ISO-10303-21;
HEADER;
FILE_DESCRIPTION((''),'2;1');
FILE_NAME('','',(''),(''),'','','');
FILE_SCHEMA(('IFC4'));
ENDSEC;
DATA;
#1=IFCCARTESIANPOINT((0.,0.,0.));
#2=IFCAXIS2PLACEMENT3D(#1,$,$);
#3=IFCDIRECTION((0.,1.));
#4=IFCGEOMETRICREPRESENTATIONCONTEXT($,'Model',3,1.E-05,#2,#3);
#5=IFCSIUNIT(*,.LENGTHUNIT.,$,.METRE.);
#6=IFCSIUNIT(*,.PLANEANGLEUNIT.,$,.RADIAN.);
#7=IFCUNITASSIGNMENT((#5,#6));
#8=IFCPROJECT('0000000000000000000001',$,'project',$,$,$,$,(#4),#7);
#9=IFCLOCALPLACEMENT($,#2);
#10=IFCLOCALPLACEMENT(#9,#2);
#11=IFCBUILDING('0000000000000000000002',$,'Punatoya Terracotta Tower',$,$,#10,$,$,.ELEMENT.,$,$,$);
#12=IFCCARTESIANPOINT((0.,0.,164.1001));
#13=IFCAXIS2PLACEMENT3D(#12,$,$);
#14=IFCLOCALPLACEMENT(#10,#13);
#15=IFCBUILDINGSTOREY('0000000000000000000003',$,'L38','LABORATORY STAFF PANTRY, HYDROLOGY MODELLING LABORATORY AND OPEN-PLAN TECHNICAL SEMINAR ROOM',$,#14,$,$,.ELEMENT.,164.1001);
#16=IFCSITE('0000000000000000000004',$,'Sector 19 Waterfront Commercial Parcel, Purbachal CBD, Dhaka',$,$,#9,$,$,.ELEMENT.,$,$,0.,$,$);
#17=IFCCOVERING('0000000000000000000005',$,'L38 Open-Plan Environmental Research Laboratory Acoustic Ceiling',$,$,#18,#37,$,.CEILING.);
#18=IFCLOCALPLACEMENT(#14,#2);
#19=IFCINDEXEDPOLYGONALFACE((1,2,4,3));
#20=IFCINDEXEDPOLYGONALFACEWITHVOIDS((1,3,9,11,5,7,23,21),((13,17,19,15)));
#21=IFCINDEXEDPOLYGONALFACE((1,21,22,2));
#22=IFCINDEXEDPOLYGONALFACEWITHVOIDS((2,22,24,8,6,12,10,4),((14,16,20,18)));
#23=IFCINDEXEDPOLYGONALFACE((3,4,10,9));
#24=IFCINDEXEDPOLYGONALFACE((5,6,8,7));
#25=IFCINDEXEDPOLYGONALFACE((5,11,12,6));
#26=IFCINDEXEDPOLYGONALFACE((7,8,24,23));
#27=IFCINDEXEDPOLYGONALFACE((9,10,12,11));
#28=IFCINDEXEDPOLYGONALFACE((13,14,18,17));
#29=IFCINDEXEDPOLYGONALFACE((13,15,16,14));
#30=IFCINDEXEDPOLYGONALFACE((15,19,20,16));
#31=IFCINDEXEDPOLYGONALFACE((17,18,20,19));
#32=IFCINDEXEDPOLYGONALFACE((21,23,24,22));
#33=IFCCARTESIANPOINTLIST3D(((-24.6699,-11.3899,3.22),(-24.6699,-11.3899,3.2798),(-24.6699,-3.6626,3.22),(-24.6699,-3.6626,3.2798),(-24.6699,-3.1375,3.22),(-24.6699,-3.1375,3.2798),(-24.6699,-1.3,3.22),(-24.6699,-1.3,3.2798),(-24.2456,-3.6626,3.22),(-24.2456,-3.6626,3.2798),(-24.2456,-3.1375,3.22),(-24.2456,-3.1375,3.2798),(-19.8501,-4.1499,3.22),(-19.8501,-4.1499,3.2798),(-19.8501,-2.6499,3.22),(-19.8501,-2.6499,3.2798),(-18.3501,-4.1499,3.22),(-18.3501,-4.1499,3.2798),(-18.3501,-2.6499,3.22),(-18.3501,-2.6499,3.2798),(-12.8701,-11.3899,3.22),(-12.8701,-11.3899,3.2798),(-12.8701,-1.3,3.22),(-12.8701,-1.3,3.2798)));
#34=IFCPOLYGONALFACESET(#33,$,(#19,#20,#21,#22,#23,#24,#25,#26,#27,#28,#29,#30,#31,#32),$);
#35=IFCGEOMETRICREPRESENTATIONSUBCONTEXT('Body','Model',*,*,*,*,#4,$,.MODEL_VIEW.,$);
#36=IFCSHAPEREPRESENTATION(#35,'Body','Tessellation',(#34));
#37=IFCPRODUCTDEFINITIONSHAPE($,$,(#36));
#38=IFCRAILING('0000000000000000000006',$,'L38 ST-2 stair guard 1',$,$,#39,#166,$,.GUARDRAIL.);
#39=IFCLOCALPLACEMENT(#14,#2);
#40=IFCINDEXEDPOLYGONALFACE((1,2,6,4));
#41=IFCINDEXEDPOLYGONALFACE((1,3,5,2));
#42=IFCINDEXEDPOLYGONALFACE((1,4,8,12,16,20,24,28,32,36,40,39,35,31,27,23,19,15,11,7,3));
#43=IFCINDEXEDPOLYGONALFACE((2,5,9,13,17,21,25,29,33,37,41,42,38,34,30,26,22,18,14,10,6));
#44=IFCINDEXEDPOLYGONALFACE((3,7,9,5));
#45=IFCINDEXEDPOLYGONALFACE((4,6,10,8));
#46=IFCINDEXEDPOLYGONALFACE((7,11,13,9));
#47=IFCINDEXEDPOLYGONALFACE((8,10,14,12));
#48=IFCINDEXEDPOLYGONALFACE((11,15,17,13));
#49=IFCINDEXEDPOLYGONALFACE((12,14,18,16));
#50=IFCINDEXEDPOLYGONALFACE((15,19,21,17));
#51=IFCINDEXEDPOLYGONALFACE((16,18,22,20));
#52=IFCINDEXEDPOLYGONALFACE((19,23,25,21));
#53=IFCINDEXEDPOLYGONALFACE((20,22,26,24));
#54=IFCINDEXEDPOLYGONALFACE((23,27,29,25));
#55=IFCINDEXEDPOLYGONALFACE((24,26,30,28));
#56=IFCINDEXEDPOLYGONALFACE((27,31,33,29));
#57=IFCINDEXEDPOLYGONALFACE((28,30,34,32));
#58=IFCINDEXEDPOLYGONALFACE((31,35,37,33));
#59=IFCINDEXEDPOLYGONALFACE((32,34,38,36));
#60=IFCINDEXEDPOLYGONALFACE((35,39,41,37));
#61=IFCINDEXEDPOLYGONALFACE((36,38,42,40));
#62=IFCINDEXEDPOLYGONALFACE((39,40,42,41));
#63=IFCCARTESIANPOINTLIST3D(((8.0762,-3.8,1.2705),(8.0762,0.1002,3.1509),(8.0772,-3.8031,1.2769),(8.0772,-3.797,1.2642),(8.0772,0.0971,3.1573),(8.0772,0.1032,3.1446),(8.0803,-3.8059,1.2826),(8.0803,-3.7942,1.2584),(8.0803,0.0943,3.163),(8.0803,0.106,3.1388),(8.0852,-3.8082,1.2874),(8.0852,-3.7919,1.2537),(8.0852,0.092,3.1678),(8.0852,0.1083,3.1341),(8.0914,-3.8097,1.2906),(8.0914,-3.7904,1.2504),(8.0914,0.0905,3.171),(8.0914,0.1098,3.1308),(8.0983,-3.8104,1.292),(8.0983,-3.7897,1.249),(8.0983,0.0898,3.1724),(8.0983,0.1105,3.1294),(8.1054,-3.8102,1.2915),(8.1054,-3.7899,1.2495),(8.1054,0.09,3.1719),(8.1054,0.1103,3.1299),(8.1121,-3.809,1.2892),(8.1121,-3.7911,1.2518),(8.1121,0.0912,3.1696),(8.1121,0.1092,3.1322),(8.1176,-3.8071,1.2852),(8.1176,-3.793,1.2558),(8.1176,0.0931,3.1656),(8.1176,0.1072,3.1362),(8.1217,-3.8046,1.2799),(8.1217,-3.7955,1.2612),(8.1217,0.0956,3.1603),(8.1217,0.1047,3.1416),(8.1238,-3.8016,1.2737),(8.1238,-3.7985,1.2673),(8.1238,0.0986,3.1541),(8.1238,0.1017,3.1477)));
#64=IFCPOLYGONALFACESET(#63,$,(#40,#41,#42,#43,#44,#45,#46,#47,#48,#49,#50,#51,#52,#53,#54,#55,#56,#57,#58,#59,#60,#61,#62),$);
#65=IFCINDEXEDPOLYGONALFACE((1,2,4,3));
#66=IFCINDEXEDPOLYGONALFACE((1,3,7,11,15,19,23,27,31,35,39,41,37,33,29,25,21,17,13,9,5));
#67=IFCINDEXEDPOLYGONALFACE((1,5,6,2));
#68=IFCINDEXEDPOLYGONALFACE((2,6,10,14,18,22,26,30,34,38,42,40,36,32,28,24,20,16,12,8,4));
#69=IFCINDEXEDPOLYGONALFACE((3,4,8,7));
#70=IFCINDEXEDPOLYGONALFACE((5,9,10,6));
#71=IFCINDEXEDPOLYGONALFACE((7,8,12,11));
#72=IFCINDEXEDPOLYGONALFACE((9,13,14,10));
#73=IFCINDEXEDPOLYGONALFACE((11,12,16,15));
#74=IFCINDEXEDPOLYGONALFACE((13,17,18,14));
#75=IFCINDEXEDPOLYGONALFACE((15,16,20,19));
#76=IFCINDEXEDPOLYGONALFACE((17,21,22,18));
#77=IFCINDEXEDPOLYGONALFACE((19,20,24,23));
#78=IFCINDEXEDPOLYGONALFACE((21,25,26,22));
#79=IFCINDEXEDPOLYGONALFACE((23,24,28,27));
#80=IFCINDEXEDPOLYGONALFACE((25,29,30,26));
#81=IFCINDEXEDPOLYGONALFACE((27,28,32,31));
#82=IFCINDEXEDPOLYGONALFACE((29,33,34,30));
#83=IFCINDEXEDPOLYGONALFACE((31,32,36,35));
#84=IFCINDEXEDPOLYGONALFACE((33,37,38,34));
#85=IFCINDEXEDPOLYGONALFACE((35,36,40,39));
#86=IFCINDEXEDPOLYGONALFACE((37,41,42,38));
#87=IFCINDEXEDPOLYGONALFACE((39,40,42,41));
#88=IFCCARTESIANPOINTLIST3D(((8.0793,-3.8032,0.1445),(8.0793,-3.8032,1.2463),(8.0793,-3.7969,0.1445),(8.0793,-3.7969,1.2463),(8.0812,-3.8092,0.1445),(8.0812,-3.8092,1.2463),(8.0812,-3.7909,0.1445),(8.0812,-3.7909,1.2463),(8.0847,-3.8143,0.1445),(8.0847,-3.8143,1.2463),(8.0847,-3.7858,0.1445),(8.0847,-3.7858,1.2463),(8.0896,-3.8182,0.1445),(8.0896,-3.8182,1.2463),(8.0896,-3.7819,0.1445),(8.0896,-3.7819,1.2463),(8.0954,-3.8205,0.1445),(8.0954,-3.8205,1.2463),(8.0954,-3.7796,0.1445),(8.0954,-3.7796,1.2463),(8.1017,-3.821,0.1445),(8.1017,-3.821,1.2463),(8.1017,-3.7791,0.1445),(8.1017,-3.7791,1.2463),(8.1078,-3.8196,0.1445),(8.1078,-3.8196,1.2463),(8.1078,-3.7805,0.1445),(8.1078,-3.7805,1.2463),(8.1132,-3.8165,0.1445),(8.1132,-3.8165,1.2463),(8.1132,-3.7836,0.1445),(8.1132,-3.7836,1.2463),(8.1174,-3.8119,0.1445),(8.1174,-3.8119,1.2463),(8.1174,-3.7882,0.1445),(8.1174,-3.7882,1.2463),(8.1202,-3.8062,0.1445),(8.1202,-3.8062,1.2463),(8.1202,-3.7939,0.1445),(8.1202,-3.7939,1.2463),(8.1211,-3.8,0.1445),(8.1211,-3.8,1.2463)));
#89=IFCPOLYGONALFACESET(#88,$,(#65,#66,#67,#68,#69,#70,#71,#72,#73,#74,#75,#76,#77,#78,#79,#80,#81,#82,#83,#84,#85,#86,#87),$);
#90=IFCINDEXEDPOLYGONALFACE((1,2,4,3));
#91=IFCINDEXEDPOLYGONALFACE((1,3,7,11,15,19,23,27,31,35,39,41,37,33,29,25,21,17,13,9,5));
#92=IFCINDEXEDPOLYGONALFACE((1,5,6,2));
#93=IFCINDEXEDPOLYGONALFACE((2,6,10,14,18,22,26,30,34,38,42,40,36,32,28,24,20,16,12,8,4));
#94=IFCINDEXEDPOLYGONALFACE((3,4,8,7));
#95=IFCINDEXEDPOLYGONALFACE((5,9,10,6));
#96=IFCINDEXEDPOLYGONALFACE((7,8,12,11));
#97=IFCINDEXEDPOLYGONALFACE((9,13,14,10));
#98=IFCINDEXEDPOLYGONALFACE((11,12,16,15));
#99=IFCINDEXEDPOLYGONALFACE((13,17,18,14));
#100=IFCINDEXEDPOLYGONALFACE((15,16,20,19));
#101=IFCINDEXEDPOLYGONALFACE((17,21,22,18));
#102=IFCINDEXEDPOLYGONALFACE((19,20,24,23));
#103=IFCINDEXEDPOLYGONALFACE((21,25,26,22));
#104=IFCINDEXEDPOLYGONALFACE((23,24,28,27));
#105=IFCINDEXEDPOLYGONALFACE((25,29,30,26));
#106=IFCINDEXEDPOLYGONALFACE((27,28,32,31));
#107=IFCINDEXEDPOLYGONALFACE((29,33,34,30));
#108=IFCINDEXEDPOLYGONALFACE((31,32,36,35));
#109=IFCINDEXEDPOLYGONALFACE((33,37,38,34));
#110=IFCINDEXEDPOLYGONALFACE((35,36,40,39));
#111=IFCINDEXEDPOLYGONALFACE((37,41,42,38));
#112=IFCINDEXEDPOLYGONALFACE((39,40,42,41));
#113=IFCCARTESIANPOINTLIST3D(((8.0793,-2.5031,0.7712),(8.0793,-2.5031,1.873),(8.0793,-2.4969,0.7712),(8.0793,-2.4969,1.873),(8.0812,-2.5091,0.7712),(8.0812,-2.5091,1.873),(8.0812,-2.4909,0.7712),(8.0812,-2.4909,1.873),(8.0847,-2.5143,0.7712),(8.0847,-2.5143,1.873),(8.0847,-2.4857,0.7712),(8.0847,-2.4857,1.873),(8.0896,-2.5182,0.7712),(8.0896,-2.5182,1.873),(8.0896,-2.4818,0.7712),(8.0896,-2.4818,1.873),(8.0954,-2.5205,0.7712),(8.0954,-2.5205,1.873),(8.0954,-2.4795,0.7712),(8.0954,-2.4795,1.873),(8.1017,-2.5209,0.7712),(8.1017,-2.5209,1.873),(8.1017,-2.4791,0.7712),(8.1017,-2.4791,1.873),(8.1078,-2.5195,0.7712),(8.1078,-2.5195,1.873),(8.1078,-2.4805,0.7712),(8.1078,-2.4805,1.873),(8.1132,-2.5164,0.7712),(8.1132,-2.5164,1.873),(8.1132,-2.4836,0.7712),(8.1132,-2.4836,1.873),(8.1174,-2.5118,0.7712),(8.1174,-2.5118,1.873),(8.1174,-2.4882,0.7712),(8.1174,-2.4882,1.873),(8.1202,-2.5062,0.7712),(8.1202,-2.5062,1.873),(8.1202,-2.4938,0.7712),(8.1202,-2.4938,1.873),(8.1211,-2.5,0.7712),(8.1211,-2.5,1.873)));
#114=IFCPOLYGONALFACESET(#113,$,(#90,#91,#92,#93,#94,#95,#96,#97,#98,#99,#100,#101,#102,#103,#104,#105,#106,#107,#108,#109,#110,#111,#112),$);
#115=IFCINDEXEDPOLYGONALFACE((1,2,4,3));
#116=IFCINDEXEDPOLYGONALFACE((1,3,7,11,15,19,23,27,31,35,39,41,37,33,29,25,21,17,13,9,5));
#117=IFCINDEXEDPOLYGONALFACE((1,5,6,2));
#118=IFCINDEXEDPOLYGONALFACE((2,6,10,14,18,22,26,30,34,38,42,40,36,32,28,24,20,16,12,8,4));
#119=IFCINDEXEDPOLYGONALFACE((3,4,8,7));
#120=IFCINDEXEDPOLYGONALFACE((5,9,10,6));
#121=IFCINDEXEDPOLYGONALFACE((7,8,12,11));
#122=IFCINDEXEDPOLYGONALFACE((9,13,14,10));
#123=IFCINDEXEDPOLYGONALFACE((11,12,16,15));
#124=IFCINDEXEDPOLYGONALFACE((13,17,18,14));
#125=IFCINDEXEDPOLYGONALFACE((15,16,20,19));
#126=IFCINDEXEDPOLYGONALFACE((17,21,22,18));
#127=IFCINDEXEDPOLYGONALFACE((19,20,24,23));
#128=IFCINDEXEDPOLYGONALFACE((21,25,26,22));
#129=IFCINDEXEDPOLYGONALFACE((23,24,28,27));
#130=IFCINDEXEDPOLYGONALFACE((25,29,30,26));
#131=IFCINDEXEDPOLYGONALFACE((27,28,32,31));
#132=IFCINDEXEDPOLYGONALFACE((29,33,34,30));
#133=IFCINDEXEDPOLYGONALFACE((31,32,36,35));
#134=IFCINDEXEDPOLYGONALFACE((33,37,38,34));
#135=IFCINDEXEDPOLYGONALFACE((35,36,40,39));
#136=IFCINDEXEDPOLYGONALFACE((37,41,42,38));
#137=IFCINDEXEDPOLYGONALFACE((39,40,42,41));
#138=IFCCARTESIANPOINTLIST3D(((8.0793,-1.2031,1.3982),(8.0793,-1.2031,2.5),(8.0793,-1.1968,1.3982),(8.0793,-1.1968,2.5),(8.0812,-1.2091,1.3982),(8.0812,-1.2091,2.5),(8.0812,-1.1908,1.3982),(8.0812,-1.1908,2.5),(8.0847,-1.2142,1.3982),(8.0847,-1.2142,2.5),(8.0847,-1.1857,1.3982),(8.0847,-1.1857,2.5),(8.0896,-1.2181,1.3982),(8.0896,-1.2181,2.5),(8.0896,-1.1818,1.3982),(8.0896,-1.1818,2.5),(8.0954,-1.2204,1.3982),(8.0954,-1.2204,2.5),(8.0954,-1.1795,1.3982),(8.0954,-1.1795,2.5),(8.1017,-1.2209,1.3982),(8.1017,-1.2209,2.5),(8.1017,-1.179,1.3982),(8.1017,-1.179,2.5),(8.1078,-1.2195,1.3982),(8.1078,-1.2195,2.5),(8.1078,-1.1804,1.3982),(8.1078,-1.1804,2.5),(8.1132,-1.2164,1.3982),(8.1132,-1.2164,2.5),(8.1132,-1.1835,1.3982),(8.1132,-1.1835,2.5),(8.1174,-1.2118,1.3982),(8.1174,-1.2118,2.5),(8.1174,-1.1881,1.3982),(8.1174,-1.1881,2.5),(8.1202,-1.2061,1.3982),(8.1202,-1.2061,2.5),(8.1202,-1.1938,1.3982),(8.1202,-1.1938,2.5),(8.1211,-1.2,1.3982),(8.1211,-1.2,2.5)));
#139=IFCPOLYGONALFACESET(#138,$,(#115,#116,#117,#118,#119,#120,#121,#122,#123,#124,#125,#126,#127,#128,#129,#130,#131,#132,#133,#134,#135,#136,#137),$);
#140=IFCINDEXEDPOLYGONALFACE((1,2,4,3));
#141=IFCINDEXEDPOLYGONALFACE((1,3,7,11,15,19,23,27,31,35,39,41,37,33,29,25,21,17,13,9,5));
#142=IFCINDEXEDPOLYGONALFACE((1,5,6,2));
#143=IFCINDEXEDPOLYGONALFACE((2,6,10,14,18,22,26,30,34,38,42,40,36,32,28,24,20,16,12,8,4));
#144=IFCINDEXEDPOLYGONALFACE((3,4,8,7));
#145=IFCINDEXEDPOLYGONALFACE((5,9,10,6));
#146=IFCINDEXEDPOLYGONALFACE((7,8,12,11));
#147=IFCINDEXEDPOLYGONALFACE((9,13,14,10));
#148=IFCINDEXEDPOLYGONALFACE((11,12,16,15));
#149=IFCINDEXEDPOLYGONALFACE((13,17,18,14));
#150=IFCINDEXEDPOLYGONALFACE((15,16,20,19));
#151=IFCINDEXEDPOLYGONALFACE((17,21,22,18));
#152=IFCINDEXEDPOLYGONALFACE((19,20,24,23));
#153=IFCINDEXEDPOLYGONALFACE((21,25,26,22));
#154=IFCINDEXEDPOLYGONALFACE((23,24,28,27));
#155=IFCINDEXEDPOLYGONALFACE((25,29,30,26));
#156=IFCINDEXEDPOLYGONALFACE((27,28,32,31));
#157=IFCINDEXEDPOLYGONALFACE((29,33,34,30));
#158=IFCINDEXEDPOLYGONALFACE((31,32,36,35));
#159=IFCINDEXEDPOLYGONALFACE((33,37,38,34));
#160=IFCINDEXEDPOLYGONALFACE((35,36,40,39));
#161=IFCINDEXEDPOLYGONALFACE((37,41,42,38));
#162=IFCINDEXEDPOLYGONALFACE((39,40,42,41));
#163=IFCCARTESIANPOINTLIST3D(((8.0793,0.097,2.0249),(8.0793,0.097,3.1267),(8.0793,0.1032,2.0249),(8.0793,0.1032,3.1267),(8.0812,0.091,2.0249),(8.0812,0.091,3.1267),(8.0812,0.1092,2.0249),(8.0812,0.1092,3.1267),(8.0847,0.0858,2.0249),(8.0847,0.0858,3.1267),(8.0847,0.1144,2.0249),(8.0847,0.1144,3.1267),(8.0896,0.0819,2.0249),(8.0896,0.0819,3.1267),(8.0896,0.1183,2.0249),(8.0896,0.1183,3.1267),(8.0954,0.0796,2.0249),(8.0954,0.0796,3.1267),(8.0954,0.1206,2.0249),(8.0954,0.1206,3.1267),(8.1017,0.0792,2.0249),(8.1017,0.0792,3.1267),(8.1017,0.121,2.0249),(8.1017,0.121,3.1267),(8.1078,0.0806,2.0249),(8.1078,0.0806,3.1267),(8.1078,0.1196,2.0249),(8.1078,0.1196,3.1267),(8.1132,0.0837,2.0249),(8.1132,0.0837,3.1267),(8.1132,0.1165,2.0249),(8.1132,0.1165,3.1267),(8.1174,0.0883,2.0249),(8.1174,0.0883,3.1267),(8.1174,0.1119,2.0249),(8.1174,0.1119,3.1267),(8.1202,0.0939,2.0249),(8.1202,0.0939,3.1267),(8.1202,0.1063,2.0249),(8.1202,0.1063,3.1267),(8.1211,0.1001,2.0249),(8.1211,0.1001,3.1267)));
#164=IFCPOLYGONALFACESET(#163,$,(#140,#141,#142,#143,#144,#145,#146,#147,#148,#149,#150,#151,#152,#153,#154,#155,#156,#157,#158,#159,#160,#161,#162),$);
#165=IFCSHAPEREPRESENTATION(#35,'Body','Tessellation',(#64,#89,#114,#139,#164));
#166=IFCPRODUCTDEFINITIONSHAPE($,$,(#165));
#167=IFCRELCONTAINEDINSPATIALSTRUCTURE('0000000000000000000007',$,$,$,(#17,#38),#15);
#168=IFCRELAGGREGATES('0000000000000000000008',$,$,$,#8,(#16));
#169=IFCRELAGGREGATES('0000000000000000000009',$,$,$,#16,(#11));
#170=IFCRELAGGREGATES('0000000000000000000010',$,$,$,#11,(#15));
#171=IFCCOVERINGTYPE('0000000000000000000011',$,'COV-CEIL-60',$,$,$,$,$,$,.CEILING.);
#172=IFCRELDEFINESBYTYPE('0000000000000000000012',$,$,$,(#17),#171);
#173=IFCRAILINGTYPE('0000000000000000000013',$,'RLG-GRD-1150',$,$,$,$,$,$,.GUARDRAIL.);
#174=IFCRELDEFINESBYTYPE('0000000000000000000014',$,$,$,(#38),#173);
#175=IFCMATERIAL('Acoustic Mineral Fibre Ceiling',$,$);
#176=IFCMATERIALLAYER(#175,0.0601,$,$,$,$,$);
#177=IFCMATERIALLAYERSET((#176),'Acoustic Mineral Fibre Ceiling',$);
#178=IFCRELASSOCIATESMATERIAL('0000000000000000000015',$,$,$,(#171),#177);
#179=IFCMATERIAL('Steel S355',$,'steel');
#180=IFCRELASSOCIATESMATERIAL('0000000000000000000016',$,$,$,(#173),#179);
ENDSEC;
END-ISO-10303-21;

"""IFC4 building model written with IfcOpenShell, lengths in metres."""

from ifc_helpers import new_model, si_unit, direction, frame, origin, origin_2d, place, context, subcontext, project, spatial, polyline, circle, outline, extrude, material, layer, layer_set, type_object, element, save


model = new_model("IFC4")

# Units and contexts
model_context = context("Model", 3, precision=1e-05, world=origin(), true_north=direction((0.0, 1.0)))
body_context = subcontext(model_context, "Body", "Model", "MODEL_VIEW")
ifc_project = project(units=[si_unit("LENGTHUNIT", "METRE"), si_unit("PLANEANGLEUNIT", "RADIAN")], contexts=[model_context])

# Site, building, storey
site_placement = place(None, origin())
site = spatial("IfcSite", under=ifc_project, at=site_placement, Name="Sector 19 Waterfront Commercial Parcel, Purbachal CBD, Dhaka", CompositionType="ELEMENT", RefElevation=0.0)
building_placement = place(site_placement, origin())
building = spatial("IfcBuilding", under=site, at=building_placement, Name="Punatoya Terracotta Tower", CompositionType="ELEMENT")
storey_placement = place(building_placement, frame((0.0, 0.0, 164.1001)))
storey = spatial("IfcBuildingStorey", under=building, at=storey_placement, Name="L38", Description="LABORATORY STAFF PANTRY, HYDROLOGY MODELLING LABORATORY AND OPEN-PLAN TECHNICAL SEMINAR ROOM", CompositionType="ELEMENT", Elevation=164.1001)

# Shared definitions
ifc_material_1 = material(Name="Steel S355", Category="steel")

# Covering
ifc_material_2 = material(Name="Acoustic Mineral Fibre Ceiling")
ifc_layer_1 = layer(ifc_material_2, 0.0601)
ifc_layer_set_1 = layer_set([ifc_layer_1], Name="Acoustic Mineral Fibre Ceiling")
covering_type = type_object("IfcCoveringType", Name="COV-CEIL-60", PredefinedType="CEILING", material=ifc_layer_set_1)
covering_1_placement = place(storey_placement, frame((0.0, 0.0, 3.22)))
element("IfcCovering", 1, at=covering_1_placement, inside=storey, type_object=covering_type, Name="L38 Open-Plan Environmental Research Laboratory Acoustic Ceiling", PredefinedType="CEILING", context=body_context, shape_type="SweptSolid", body=[
    extrude(outline(polyline([(-24.6699, -3.6626), (-24.6699, -11.3899), (-12.8701, -11.3899), (-12.8701, -1.3), (-24.6699, -1.3), (-24.6699, -3.1375), (-24.2456, -3.1375), (-24.2456, -3.6626), (-24.6699, -3.6626)]), holes=[polyline([(-18.3501, -4.1499), (-19.8501, -4.1499), (-19.8501, -2.6499), (-18.3501, -2.6499), (-18.3501, -4.1499)])]), origin(), (0.0, 0.0, 1.0), 0.0598),
])

# Railing
railing_type_1 = type_object("IfcRailingType", Name="RLG-GRD-1150", PredefinedType="GUARDRAIL", material=ifc_material_1)
railing_1_placement = place(storey_placement, frame((8.1001, -3.8, 0.1445)))
element("IfcRailing", 2, at=railing_1_placement, inside=storey, type_object=railing_type_1, Name="L38 ST-2 stair guard 1", PredefinedType="GUARDRAIL", context=body_context, shape_type="SweptSolid", body=[
    extrude(circle(Radius=0.0239, at=origin_2d()), frame((0.0, 0.0, 1.126), z_axis=(0.0, 0.900774, 0.434289), x_axis=(-1.0, 0.0, 0.0)), (0.0, 0.0, 1.0), 4.3298),
    extrude(circle(Radius=0.021, at=origin_2d()), origin(), (0.0, 0.0, 1.0), 1.1018),
    extrude(circle(Radius=0.021, at=origin_2d()), frame((0.0, 1.3, 0.6267)), (0.0, 0.0, 1.0), 1.1018),
    extrude(circle(Radius=0.021, at=origin_2d()), frame((0.0, 2.6001, 1.2537)), (0.0, 0.0, 1.0), 1.1018),
    extrude(circle(Radius=0.021, at=origin_2d()), frame((0.0, 3.9001, 1.8804)), (0.0, 0.0, 1.0), 1.1018),
])

save(model, "model.ifc")
